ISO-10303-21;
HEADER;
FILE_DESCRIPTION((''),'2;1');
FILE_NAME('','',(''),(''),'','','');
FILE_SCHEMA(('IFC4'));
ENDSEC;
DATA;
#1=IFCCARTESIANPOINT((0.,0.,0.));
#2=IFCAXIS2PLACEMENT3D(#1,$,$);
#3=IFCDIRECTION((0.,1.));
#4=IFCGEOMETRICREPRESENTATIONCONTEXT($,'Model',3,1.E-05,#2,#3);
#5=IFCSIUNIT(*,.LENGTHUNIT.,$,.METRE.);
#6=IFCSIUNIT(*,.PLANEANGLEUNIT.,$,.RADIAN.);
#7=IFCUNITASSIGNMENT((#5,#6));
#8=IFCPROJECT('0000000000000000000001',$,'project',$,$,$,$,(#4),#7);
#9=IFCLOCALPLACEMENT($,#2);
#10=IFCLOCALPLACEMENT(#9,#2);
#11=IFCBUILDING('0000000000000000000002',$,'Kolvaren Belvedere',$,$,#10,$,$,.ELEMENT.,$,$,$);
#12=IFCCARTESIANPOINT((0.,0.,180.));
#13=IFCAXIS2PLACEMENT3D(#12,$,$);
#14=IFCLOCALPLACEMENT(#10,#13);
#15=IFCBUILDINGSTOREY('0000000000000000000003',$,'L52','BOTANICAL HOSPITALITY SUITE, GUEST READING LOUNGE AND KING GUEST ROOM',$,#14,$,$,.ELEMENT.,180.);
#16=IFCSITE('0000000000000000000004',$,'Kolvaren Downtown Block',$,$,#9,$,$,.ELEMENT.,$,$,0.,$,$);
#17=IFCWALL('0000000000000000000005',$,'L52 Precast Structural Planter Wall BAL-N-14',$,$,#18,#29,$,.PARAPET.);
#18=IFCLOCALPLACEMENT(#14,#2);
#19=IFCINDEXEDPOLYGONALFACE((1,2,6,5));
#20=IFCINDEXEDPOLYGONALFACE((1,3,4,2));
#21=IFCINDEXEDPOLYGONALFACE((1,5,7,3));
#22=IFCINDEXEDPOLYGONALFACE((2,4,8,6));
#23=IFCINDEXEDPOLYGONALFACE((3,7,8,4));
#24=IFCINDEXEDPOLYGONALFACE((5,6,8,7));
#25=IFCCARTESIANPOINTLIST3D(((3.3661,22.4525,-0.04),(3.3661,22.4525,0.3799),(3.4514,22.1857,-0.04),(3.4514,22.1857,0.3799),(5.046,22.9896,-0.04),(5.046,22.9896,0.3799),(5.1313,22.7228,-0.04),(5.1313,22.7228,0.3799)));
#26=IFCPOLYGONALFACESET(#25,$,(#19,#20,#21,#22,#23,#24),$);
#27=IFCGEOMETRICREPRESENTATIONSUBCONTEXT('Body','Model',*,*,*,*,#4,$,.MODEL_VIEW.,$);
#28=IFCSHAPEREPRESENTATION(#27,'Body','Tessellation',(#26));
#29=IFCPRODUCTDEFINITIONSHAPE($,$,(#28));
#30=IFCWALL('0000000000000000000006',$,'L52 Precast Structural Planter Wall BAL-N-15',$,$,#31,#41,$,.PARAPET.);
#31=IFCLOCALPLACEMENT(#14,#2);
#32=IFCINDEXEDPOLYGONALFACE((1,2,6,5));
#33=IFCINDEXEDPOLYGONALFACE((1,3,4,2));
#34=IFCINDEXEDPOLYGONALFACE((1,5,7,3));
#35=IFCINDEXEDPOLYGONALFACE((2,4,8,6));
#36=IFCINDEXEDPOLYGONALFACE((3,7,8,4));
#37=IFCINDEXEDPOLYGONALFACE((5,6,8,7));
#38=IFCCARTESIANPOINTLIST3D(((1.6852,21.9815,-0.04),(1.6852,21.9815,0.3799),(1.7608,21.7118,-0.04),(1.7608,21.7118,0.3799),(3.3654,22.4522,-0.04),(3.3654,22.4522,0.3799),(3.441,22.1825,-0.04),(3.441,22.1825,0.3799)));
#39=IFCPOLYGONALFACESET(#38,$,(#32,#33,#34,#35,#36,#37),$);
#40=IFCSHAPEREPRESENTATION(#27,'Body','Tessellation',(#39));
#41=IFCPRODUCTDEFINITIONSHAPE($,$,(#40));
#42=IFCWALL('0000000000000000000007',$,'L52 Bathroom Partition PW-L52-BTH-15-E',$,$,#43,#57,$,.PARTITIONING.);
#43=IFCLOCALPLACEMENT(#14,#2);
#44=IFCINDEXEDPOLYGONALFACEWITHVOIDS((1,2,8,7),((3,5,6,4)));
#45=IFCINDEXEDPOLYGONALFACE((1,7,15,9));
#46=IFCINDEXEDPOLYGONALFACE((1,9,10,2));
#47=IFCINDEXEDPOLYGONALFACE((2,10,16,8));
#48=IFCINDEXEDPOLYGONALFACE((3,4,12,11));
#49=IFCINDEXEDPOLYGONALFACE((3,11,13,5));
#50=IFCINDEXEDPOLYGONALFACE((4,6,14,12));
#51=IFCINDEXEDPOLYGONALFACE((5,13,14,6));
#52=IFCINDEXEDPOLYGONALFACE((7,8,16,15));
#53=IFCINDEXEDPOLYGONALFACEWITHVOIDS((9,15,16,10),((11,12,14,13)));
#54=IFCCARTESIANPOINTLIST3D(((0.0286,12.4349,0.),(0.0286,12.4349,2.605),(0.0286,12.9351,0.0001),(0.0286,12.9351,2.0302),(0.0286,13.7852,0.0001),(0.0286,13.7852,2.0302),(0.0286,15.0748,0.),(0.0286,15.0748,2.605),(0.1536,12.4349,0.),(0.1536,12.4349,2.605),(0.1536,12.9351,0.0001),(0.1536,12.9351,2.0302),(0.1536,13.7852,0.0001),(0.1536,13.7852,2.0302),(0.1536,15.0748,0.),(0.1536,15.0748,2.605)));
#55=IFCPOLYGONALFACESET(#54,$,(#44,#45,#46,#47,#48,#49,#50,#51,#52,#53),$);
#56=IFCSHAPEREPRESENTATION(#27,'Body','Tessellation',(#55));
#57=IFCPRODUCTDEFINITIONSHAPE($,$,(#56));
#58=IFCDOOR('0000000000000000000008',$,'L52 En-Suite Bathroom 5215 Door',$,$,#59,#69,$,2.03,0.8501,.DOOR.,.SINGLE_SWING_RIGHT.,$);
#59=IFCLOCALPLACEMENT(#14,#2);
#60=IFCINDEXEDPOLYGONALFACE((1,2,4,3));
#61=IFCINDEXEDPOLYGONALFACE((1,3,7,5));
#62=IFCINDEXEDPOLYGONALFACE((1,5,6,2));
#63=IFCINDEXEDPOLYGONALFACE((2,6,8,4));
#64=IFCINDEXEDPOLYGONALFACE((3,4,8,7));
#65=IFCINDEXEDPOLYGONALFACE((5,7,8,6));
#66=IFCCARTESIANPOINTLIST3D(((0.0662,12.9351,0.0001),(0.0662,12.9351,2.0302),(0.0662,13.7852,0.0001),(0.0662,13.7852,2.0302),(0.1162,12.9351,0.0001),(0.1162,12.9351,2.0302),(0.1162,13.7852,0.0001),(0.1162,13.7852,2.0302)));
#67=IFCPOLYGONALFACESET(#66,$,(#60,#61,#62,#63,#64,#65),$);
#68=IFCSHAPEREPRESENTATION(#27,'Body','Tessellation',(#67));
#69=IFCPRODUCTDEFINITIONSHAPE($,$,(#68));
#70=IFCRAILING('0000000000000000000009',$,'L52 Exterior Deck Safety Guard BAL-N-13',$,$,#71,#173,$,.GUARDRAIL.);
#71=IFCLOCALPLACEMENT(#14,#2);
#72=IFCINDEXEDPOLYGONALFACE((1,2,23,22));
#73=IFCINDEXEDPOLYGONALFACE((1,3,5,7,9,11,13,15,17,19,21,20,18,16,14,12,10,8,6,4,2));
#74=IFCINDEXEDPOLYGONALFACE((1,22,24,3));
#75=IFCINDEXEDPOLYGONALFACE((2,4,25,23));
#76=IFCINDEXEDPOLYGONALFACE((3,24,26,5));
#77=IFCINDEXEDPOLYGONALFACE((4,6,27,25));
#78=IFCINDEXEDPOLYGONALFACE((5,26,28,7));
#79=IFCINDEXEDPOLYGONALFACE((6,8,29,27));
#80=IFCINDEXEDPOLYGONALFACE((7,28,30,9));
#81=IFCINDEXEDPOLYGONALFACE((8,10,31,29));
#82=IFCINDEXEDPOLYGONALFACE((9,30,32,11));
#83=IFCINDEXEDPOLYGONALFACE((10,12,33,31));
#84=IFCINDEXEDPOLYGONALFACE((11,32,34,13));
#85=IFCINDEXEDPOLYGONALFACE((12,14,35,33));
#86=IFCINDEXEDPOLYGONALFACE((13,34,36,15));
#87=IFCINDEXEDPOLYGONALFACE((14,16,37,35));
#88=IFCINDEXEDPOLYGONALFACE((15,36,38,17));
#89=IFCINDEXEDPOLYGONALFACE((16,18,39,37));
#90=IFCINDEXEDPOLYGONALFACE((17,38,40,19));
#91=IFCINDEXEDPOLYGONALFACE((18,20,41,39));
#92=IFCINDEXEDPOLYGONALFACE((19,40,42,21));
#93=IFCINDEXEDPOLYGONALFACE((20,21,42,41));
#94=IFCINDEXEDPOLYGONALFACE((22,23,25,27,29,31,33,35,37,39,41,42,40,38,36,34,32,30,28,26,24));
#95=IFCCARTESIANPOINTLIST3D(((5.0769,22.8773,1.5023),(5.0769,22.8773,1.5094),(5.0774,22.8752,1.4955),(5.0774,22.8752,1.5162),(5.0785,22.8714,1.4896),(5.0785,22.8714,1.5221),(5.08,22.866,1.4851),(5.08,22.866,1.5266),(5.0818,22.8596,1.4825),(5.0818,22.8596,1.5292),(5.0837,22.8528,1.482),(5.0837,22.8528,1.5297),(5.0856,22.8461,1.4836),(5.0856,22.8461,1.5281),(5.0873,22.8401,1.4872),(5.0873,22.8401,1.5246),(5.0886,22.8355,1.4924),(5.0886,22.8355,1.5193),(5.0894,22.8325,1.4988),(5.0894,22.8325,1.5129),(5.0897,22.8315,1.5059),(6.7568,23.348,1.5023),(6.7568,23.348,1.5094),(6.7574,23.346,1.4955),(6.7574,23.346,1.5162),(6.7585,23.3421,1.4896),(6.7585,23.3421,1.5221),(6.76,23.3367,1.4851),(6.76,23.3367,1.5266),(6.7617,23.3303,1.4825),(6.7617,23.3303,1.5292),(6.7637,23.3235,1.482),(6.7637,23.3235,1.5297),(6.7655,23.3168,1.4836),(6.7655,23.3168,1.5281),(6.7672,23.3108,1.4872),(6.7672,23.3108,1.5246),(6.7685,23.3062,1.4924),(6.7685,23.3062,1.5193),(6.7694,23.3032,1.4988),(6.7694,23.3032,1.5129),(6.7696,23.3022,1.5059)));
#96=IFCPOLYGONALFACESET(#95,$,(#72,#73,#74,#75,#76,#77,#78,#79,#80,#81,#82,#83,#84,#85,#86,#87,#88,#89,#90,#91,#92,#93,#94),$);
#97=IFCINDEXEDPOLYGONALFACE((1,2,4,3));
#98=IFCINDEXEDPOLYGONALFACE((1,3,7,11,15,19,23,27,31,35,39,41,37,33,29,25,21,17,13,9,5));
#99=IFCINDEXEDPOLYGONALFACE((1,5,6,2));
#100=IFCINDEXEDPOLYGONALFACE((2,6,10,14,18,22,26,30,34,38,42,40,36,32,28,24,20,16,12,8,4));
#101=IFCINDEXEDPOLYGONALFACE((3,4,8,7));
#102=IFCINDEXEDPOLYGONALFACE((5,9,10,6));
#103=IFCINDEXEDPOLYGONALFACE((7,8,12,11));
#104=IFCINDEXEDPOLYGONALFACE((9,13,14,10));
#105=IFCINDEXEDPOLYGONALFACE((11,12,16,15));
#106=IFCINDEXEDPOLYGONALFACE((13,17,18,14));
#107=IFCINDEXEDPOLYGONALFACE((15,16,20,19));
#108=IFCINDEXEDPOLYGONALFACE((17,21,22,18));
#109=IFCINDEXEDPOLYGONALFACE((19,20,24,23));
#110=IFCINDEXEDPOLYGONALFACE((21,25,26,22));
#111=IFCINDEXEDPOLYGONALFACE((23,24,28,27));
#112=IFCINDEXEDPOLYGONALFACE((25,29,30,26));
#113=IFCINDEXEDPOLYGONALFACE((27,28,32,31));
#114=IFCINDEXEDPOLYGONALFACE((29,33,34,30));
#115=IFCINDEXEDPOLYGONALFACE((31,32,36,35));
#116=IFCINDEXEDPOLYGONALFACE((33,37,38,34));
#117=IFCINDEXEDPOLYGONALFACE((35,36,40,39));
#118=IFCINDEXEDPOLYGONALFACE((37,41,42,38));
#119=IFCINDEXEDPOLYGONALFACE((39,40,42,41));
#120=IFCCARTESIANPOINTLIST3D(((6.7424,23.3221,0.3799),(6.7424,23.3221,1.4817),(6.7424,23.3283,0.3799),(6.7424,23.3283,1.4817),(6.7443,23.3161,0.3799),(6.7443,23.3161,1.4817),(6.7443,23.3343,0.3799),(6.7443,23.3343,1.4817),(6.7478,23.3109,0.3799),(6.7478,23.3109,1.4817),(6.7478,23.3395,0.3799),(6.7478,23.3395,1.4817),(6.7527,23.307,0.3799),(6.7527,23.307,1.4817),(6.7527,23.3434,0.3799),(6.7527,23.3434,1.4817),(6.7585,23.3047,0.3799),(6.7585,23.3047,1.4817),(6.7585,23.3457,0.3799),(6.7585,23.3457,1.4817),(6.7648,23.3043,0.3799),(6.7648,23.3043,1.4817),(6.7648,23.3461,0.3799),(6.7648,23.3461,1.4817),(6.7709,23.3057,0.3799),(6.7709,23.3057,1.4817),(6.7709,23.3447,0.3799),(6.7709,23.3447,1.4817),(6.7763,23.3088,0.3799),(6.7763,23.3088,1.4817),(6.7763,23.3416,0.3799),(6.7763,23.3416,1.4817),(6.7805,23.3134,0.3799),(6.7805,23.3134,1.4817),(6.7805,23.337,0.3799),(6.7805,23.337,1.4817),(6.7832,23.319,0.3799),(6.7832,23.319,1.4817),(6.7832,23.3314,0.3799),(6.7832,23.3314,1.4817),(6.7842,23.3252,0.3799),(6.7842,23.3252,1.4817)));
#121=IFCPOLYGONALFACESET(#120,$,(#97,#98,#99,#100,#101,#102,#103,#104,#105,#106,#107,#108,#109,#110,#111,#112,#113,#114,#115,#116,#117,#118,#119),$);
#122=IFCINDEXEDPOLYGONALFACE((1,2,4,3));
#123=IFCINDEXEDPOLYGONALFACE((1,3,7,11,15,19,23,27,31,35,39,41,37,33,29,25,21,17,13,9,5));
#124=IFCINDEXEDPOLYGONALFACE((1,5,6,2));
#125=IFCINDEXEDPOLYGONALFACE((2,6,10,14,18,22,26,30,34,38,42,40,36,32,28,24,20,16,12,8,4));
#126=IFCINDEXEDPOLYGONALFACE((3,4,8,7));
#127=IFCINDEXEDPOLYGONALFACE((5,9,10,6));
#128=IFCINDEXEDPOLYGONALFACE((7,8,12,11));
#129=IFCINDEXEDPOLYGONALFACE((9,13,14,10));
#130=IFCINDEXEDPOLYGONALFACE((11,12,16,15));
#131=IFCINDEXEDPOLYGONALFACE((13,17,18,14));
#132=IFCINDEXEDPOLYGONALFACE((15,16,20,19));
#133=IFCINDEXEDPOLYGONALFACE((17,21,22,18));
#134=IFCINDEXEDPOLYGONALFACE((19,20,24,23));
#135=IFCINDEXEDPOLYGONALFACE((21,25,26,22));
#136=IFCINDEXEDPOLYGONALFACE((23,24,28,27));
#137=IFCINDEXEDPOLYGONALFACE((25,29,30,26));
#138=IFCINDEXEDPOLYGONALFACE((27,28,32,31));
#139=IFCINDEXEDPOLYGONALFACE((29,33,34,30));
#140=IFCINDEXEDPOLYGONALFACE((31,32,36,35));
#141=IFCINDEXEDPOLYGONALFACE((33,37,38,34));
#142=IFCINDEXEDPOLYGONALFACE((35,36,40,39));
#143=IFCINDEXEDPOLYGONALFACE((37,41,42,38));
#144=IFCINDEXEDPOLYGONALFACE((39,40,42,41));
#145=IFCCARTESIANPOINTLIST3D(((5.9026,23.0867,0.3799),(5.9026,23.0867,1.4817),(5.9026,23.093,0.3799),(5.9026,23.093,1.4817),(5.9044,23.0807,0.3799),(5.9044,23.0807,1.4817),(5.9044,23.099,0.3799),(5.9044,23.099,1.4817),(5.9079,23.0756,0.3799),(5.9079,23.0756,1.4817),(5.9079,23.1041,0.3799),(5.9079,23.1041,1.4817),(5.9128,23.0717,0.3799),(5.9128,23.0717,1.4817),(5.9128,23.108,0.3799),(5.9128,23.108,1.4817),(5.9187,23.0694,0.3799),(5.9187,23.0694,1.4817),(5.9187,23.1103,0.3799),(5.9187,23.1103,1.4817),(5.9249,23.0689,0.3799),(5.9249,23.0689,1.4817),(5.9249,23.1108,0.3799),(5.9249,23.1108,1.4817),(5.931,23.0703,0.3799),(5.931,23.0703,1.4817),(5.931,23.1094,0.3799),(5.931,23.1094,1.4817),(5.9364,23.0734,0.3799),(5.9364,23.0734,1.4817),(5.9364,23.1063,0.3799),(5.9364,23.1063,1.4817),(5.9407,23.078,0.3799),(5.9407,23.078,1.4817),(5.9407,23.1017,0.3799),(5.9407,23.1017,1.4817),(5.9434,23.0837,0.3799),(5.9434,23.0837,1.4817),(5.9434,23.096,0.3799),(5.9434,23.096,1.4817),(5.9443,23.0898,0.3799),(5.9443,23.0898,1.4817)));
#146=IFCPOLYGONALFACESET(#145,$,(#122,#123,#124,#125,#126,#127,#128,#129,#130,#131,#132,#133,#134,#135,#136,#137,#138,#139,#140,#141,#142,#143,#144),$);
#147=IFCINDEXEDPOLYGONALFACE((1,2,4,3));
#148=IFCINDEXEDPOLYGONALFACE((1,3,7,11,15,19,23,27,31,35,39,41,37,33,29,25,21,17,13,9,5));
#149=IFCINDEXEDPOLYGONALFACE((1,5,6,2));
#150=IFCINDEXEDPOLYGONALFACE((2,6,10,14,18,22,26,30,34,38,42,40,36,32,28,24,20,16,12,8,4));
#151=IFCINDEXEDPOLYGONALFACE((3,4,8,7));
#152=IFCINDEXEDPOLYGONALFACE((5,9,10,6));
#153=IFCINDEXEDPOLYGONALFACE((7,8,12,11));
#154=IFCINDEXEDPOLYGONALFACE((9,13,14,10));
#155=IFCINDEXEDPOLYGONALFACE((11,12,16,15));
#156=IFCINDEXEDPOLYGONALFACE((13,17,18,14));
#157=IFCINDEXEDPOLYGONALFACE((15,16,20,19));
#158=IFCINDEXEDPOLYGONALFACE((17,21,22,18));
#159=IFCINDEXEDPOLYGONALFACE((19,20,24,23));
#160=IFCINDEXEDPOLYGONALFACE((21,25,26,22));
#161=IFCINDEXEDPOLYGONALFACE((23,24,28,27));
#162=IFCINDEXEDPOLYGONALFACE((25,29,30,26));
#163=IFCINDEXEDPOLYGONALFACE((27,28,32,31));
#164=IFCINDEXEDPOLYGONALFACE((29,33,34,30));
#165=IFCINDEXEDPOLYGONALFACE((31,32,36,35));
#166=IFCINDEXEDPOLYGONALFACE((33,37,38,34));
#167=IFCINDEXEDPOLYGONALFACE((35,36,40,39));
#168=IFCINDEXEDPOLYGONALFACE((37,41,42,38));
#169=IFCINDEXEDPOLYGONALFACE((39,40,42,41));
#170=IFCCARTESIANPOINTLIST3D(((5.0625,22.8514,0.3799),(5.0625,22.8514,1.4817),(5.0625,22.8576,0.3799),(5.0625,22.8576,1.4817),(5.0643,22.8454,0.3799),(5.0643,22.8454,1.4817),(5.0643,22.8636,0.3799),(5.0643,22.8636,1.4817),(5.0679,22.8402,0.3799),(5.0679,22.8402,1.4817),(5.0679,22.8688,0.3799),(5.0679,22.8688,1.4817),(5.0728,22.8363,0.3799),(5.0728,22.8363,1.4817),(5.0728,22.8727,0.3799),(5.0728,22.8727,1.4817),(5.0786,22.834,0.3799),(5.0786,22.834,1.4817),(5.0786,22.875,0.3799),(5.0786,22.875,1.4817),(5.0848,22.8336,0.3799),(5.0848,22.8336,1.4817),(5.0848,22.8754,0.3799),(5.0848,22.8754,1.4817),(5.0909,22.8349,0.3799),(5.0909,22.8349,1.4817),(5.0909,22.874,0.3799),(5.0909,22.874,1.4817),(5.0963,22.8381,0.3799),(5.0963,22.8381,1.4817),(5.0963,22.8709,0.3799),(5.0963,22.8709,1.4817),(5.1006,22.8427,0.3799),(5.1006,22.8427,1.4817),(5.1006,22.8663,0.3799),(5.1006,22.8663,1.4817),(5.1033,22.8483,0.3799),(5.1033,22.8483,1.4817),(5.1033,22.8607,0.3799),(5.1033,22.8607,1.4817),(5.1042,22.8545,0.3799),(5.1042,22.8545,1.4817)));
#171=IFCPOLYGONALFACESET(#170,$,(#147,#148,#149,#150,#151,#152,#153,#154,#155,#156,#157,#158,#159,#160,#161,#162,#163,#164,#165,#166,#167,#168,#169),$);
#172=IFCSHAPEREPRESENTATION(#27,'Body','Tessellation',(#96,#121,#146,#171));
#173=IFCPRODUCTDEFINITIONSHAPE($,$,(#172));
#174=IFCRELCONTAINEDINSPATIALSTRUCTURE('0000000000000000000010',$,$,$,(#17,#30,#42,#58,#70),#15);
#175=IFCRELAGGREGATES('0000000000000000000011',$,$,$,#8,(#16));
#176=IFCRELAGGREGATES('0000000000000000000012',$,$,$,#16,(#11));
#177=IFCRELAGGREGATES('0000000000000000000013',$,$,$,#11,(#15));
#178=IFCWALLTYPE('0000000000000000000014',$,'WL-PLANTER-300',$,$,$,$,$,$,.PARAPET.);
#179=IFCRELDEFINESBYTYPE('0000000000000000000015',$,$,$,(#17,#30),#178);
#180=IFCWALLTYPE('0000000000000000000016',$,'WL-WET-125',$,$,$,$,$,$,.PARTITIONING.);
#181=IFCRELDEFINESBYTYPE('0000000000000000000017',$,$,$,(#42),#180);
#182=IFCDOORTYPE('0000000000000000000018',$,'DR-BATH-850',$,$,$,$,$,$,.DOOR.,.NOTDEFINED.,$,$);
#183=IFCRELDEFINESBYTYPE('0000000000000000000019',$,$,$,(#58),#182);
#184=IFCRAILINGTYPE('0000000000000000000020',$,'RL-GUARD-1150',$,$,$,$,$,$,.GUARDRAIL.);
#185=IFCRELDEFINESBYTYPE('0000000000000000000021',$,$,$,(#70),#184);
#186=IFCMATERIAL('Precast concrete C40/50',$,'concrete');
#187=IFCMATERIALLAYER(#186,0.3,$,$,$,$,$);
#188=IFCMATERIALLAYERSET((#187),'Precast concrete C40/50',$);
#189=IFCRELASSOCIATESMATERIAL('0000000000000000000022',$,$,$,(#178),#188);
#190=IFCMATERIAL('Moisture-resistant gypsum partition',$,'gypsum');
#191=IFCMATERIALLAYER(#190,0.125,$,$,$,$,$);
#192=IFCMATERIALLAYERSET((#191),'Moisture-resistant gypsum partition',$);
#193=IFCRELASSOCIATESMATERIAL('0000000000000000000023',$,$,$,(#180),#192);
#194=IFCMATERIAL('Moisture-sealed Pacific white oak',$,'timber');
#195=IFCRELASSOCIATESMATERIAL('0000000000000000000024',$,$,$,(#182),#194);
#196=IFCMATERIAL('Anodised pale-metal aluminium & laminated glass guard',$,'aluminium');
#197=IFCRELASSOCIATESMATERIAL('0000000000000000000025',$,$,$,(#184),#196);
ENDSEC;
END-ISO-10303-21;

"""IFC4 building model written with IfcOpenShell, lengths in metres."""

from ifc_helpers import new_model, si_unit, direction, frame, frame_2d, origin, origin_2d, place, context, subcontext, project, spatial, rectangle, circle, extrude, material, layer, layer_set, type_object, element, fill, save


model = new_model("IFC4")

# Units and contexts
model_context = context("Model", 3, precision=1e-05, world=origin(), true_north=direction((0.0, 1.0)))
body_context = subcontext(model_context, "Body", "Model", "MODEL_VIEW")
ifc_project = project(units=[si_unit("LENGTHUNIT", "METRE"), si_unit("PLANEANGLEUNIT", "RADIAN")], contexts=[model_context])

# Site, building, storey
site_placement = place(None, origin())
site = spatial("IfcSite", under=ifc_project, at=site_placement, Name="Kolvaren Downtown Block", CompositionType="ELEMENT", RefElevation=0.0)
building_placement = place(site_placement, origin())
building = spatial("IfcBuilding", under=site, at=building_placement, Name="Kolvaren Belvedere", CompositionType="ELEMENT")
storey_placement = place(building_placement, frame((0.0, 0.0, 180.0)))
storey = spatial("IfcBuildingStorey", under=building, at=storey_placement, Name="L52", Description="BOTANICAL HOSPITALITY SUITE, GUEST READING LOUNGE AND KING GUEST ROOM", CompositionType="ELEMENT", Elevation=180.0)

# Walls
ifc_material_1 = material(Name="Precast concrete C40/50", Category="concrete")
ifc_layer_1 = layer(ifc_material_1, 0.3)
ifc_layer_set_1 = layer_set([ifc_layer_1], Name="Precast concrete C40/50")
wall_type_1 = type_object("IfcWallType", Name="WL-PLANTER-300", PredefinedType="PARAPET", material=ifc_layer_set_1)
wall_1_placement = place(storey_placement, frame((5.0886, 22.8562, -0.04), z_axis=(0.0, 0.0, 1.0), x_axis=(-0.952501, -0.304535, 0.0)))
element("IfcWall", 1, at=wall_1_placement, inside=storey, type_object=wall_type_1, Name="L52 Precast Structural Planter Wall BAL-N-14", PredefinedType="PARAPET", context=body_context, shape_type="SweptSolid", body=[
    extrude(rectangle(XDim=1.7637, YDim=0.28, at=frame_2d((0.8818, 0.0))), origin(), (0.0, 0.0, 1.0), 0.4199),
])
wall_2_placement = place(storey_placement, frame((3.4033, 22.3174, -0.04), z_axis=(0.0, 0.0, 1.0), x_axis=(-0.962926, -0.269765, 0.0)))
element("IfcWall", 2, at=wall_2_placement, inside=storey, type_object=wall_type_1, Name="L52 Precast Structural Planter Wall BAL-N-15", PredefinedType="PARAPET", context=body_context, shape_type="SweptSolid", body=[
    extrude(rectangle(XDim=1.7449, YDim=0.28, at=frame_2d((0.8726, 0.0))), origin(), (0.0, 0.0, 1.0), 0.4199),
])

# Wall, opening, door
ifc_material_2 = material(Name="Moisture-resistant gypsum partition", Category="gypsum")
ifc_layer_2 = layer(ifc_material_2, 0.125)
ifc_layer_set_2 = layer_set([ifc_layer_2], Name="Moisture-resistant gypsum partition")
wall_type_2 = type_object("IfcWallType", Name="WL-WET-125", PredefinedType="PARTITIONING", material=ifc_layer_set_2)
wall_3_placement = place(storey_placement, frame((0.0911, 12.4351, 0.0), z_axis=(0.0, 0.0, 1.0), x_axis=(0.0, 1.0, 0.0)))
wall_3 = element("IfcWall", 3, at=wall_3_placement, inside=storey, type_object=wall_type_2, Name="L52 Bathroom Partition PW-L52-BTH-15-E", PredefinedType="PARTITIONING", context=body_context, shape_type="SweptSolid", body=[
    extrude(rectangle(XDim=2.6399, YDim=0.125, at=frame_2d((1.3198, 0.0))), origin(), (0.0, 0.0, 1.0), 2.605),
])
opening_placement = place(wall_3_placement, frame((0.5, 0.0, 0.0)))
opening = element("IfcOpeningElement", 4, at=opening_placement, cuts=wall_3, PredefinedType="OPENING", context=body_context, shape_type="SweptSolid", body=[
    extrude(rectangle(XDim=0.8501, YDim=2.03, at=frame_2d((0.425, 1.0151))), frame((0.0, 0.0725, 0.0), z_axis=(0.0, -1.0, 0.0), x_axis=(1.0, 0.0, 0.0)), (0.0, 0.0, 1.0), 0.145),
])
ifc_material_3 = material(Name="Moisture-sealed Pacific white oak", Category="timber")
door_type = type_object("IfcDoorType", Name="DR-BATH-850", OperationType="NOTDEFINED", PredefinedType="DOOR", material=ifc_material_3)
door_placement = place(opening_placement, origin())
door = element("IfcDoor", 5, at=door_placement, inside=storey, type_object=door_type, Name="L52 En-Suite Bathroom 5215 Door", OperationType="SINGLE_SWING_RIGHT", OverallHeight=2.03, OverallWidth=0.8501, PredefinedType="DOOR", context=body_context, shape_type="SweptSolid", body=[
    extrude(rectangle(XDim=0.8501, YDim=2.03, at=frame_2d((0.425, 1.0151))), frame((0.0, 0.0249, 0.0), z_axis=(0.0, -1.0, 0.0), x_axis=(1.0, 0.0, 0.0)), (0.0, 0.0, 1.0), 0.05),
])
fill(opening, door)

# Railing
ifc_material_4 = material(Name="Anodised pale-metal aluminium & laminated glass guard", Category="aluminium")
railing_type = type_object("IfcRailingType", Name="RL-GUARD-1150", PredefinedType="GUARDRAIL", material=ifc_material_4)
railing_1_placement = place(storey_placement, frame((6.7632, 23.3252, 0.3799)))
element("IfcRailing", 6, at=railing_1_placement, inside=storey, type_object=railing_type, Name="L52 Exterior Deck Safety Guard BAL-N-13", PredefinedType="GUARDRAIL", context=body_context, shape_type="SweptSolid", body=[
    extrude(circle(Radius=0.0239, at=origin_2d()), frame((0.0, 0.0, 1.126), z_axis=(-0.962916, -0.269801, 0.0), x_axis=(0.269801, -0.962916, 0.0)), (0.0, 0.0, 1.0), 1.7446),
    extrude(circle(Radius=0.021, at=origin_2d()), origin(), (0.0, 0.0, 1.0), 1.1018),
    extrude(circle(Radius=0.021, at=origin_2d()), frame((-0.8398, -0.2354, 0.0)), (0.0, 0.0, 1.0), 1.1018),
    extrude(circle(Radius=0.021, at=origin_2d()), frame((-1.6799, -0.4707, 0.0)), (0.0, 0.0, 1.0), 1.1018),
])

save(model, "model.ifc")
